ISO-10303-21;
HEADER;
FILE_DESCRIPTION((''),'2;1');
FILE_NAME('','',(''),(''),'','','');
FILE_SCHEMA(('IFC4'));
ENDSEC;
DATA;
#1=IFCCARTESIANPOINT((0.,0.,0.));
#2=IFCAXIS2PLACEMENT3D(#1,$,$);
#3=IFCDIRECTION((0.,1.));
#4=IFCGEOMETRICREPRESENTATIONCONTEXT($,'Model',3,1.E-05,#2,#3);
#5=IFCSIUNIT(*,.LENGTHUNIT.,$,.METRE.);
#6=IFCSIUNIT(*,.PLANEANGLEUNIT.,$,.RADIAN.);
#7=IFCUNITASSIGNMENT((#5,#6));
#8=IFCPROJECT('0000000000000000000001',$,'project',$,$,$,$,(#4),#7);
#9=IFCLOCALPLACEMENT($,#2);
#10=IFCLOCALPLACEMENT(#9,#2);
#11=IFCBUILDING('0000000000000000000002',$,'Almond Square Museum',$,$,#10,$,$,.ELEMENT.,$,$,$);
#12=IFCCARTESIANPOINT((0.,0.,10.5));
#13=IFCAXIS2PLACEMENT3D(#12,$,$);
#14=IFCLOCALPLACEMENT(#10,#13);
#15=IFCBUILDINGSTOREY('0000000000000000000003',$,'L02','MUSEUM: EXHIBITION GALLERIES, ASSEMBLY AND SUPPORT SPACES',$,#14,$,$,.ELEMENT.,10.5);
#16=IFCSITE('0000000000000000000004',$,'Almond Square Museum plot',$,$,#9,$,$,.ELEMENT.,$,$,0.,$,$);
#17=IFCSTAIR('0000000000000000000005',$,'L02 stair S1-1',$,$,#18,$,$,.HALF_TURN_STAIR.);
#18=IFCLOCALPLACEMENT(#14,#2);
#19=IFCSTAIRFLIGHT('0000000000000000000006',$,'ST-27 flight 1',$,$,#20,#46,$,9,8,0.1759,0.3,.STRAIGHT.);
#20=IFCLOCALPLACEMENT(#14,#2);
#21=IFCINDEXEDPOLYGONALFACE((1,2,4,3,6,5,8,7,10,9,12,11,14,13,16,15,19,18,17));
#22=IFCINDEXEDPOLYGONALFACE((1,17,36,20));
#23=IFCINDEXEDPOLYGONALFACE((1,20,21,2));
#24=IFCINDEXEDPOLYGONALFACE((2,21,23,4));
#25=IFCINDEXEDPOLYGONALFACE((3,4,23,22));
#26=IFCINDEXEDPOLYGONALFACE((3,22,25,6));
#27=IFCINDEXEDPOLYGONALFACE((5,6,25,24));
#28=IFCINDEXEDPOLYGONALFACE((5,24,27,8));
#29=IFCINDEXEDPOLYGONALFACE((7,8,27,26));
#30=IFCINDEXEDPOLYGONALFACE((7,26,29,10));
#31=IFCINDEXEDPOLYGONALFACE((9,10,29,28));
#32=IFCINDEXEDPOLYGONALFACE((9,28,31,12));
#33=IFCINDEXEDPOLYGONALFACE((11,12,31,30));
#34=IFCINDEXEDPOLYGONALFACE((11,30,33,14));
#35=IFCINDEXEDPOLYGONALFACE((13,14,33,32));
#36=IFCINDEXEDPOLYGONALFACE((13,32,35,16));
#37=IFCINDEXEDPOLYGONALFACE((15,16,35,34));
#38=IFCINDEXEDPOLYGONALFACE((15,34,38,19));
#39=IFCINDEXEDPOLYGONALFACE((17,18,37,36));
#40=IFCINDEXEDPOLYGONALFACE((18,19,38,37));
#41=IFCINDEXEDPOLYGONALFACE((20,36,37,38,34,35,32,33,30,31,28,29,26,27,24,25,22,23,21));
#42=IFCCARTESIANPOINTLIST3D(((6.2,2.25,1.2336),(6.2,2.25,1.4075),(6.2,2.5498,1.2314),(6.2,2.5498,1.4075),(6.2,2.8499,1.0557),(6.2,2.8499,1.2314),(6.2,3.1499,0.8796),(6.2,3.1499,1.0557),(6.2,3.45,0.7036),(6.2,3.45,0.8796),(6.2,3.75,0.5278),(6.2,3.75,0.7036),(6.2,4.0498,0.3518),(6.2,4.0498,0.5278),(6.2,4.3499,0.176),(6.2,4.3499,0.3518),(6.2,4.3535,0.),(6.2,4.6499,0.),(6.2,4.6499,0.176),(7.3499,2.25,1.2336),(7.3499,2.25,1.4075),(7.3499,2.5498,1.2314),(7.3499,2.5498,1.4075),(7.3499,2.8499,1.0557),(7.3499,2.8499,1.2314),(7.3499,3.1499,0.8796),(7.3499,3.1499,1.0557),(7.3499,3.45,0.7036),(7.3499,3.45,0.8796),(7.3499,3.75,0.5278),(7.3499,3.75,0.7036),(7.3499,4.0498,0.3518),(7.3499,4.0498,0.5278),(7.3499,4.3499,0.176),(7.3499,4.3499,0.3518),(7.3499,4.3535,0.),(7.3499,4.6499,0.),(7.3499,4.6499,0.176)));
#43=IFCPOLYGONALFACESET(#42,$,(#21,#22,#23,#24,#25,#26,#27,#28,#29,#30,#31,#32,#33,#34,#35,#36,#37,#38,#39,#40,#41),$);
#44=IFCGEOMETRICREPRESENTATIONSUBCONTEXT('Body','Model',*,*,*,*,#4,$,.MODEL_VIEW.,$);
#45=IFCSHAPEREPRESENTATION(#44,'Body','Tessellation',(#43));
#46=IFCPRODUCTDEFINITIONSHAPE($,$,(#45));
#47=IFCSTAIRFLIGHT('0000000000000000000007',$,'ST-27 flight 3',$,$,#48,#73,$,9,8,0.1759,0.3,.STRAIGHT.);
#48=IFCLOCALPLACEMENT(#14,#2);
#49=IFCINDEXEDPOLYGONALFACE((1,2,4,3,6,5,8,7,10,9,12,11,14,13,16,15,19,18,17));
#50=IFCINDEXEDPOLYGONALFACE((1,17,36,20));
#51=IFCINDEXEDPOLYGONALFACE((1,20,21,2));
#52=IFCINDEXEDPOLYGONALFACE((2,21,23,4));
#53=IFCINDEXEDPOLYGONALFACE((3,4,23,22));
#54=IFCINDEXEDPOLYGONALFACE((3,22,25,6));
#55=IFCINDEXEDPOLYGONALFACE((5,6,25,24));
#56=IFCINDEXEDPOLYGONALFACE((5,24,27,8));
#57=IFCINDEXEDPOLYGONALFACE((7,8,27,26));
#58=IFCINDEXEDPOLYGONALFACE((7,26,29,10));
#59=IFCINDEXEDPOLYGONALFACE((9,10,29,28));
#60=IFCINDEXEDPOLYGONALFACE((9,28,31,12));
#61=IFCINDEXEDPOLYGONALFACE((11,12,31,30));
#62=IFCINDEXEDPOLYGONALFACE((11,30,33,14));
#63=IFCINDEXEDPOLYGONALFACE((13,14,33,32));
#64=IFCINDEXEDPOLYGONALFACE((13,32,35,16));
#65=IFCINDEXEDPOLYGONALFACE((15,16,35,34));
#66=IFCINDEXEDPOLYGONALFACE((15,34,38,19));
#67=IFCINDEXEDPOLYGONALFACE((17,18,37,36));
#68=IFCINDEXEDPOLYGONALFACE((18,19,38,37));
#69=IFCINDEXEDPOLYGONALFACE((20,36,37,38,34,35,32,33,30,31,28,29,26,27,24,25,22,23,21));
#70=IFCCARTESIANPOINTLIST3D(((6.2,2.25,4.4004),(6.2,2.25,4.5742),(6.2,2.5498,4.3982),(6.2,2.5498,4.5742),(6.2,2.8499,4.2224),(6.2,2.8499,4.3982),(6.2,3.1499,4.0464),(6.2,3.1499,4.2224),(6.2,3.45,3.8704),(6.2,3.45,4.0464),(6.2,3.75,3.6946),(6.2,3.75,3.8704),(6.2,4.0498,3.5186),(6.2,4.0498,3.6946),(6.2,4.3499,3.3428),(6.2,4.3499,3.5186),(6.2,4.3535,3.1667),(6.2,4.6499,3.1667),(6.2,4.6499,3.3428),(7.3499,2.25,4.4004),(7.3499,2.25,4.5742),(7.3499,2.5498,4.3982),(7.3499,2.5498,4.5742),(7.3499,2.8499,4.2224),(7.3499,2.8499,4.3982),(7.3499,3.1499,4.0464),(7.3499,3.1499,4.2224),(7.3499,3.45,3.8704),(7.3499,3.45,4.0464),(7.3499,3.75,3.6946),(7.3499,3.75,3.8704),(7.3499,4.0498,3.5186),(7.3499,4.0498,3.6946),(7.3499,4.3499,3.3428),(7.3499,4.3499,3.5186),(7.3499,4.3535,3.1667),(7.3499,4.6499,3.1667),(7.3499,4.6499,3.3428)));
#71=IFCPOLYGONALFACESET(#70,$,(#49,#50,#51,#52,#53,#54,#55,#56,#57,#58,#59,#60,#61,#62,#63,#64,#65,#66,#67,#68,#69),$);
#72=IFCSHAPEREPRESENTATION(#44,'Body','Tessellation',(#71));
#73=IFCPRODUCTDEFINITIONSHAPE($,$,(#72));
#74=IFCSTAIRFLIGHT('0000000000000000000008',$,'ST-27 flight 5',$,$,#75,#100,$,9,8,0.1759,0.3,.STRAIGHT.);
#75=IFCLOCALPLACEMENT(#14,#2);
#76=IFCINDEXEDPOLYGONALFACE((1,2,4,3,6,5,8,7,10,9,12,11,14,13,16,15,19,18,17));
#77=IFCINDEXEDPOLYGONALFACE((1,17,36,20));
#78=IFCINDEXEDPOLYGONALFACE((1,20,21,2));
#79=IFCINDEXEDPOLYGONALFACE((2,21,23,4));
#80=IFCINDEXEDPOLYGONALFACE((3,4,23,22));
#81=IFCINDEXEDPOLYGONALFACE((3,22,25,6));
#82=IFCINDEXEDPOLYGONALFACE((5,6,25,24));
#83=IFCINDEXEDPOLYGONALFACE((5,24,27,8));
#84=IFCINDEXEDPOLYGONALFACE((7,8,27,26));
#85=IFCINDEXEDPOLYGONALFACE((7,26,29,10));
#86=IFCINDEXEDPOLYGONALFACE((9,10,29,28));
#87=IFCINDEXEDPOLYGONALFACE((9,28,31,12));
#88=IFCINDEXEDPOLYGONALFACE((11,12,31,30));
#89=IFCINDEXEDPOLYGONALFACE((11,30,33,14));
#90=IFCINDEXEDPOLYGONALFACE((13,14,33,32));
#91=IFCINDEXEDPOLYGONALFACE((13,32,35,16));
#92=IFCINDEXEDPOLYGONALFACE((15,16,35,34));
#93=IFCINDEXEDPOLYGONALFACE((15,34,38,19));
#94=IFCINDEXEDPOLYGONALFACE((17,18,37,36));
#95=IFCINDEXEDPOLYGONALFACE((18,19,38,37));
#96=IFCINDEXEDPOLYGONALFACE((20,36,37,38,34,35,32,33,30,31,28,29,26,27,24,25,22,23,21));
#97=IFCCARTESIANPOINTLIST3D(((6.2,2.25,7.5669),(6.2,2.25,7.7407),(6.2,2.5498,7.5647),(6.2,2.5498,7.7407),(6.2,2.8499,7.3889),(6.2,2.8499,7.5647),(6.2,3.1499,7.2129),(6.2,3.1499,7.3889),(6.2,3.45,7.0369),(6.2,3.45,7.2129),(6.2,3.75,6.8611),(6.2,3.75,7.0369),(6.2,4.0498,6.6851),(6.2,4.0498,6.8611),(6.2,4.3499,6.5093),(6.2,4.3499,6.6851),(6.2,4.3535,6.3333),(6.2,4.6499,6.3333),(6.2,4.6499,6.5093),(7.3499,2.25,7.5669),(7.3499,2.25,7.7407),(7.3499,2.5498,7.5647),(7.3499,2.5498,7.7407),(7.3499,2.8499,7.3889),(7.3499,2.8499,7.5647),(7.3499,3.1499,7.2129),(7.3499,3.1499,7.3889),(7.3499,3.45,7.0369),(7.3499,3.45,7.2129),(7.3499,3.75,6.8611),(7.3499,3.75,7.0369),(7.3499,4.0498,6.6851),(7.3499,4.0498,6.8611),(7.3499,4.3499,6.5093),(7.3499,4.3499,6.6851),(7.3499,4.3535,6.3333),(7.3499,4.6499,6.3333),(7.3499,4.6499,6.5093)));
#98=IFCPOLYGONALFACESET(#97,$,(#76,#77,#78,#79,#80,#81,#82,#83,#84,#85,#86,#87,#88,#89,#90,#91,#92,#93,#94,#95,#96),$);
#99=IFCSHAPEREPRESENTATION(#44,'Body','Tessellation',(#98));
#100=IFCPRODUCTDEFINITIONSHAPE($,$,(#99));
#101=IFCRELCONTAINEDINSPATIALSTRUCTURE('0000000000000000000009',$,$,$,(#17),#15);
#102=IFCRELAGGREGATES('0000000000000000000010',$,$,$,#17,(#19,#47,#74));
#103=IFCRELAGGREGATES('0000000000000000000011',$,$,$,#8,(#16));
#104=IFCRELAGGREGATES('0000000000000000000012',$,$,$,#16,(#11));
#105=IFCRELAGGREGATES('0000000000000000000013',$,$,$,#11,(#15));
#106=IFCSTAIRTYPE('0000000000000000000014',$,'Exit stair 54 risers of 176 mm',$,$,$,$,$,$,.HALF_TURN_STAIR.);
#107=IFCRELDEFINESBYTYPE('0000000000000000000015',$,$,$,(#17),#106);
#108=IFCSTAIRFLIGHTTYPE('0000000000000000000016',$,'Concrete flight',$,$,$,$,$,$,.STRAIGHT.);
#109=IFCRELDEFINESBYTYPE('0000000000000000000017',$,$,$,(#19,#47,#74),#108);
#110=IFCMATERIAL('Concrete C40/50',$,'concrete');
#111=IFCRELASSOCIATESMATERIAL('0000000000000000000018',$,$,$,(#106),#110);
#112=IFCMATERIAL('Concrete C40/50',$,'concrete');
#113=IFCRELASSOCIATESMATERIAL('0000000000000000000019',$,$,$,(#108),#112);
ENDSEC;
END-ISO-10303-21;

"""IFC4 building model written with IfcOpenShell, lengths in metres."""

from ifc_helpers import new_model, si_unit, direction, frame, origin, place, context, subcontext, project, spatial, polyline, outline, extrude, material, type_object, element, aggregate, save


model = new_model("IFC4")

# Units and contexts
model_context = context("Model", 3, precision=1e-05, world=origin(), true_north=direction((0.0, 1.0)))
body_context = subcontext(model_context, "Body", "Model", "MODEL_VIEW")
ifc_project = project(units=[si_unit("LENGTHUNIT", "METRE"), si_unit("PLANEANGLEUNIT", "RADIAN")], contexts=[model_context])

# Site, building, storey
site_placement = place(None, origin())
site = spatial("IfcSite", under=ifc_project, at=site_placement, Name="Almond Square Museum plot", CompositionType="ELEMENT", RefElevation=0.0)
building_placement = place(site_placement, origin())
building = spatial("IfcBuilding", under=site, at=building_placement, Name="Almond Square Museum", CompositionType="ELEMENT")
storey_placement = place(building_placement, frame((0.0, 0.0, 10.5)))
storey = spatial("IfcBuildingStorey", under=building, at=storey_placement, Name="L02", Description="MUSEUM: EXHIBITION GALLERIES, ASSEMBLY AND SUPPORT SPACES", CompositionType="ELEMENT", Elevation=10.5)

# Stair, stair flights
ifc_material_1 = material(Name="Concrete C40/50", Category="concrete")
stair_type = type_object("IfcStairType", Name="Exit stair 54 risers of 176 mm", PredefinedType="HALF_TURN_STAIR", material=ifc_material_1)
stair_placement = place(storey_placement, origin())
stair = element("IfcStair", 1, at=stair_placement, inside=storey, type_object=stair_type, Name="L02 stair S1-1", PredefinedType="HALF_TURN_STAIR")
ifc_material_2 = material(Name="Concrete C40/50", Category="concrete")
stair_flight_type = type_object("IfcStairFlightType", Name="Concrete flight", PredefinedType="STRAIGHT", material=ifc_material_2)
stair_flight_1_placement = place(storey_placement, frame((6.7749, 4.6499, 0.0), z_axis=(0.0, 0.0, 1.0), x_axis=(0.0, -1.0, 0.0)))
stair_flight_1 = element("IfcStairFlight", 2, at=stair_flight_1_placement, type_object=stair_flight_type, Name="ST-27 flight 1", NumberOfRisers=9, NumberOfTreads=8, PredefinedType="STRAIGHT", RiserHeight=0.1759, TreadLength=0.3, context=body_context, shape_type="SweptSolid", body=[
    extrude(outline(polyline([(0.0, 0.0), (0.0, 0.176), (0.3, 0.176), (0.3, 0.3518), (0.6001, 0.3518), (0.6001, 0.5278), (0.8999, 0.5278), (0.8999, 0.7036), (1.2, 0.7036), (1.2, 0.8796), (1.5, 0.8796), (1.5, 1.0557), (1.8, 1.0557), (1.8, 1.2314), (2.1001, 1.2314), (2.1001, 1.4075), (2.3999, 1.4075), (2.3999, 1.5833), (2.3999, 1.2336), (0.2964, 0.0), (0.0, 0.0)])), frame((0.0, 0.575, 0.0), z_axis=(0.0, -1.0, 0.0), x_axis=(1.0, 0.0, 0.0)), (0.0, 0.0, 1.0), 1.1499),
])
stair_flight_2_placement = place(storey_placement, frame((6.7749, 4.6499, 3.1667), z_axis=(0.0, 0.0, 1.0), x_axis=(0.0, -1.0, 0.0)))
stair_flight_2 = element("IfcStairFlight", 3, at=stair_flight_2_placement, type_object=stair_flight_type, Name="ST-27 flight 3", NumberOfRisers=9, NumberOfTreads=8, PredefinedType="STRAIGHT", RiserHeight=0.1759, TreadLength=0.3, context=body_context, shape_type="SweptSolid", body=[
    extrude(outline(polyline([(0.0, 0.0), (0.0, 0.176), (0.3, 0.176), (0.3, 0.3518), (0.6001, 0.3518), (0.6001, 0.5278), (0.8999, 0.5278), (0.8999, 0.7036), (1.2, 0.7036), (1.2, 0.8796), (1.5, 0.8796), (1.5, 1.0557), (1.8, 1.0557), (1.8, 1.2314), (2.1001, 1.2314), (2.1001, 1.4075), (2.3999, 1.4075), (2.3999, 1.5833), (2.3999, 1.2336), (0.2964, 0.0), (0.0, 0.0)])), frame((0.0, 0.575, 0.0), z_axis=(0.0, -1.0, 0.0), x_axis=(1.0, 0.0, 0.0)), (0.0, 0.0, 1.0), 1.1499),
])
stair_flight_3_placement = place(storey_placement, frame((6.7749, 4.6499, 6.3333), z_axis=(0.0, 0.0, 1.0), x_axis=(0.0, -1.0, 0.0)))
stair_flight_3 = element("IfcStairFlight", 4, at=stair_flight_3_placement, type_object=stair_flight_type, Name="ST-27 flight 5", NumberOfRisers=9, NumberOfTreads=8, PredefinedType="STRAIGHT", RiserHeight=0.1759, TreadLength=0.3, context=body_context, shape_type="SweptSolid", body=[
    extrude(outline(polyline([(0.0, 0.0), (0.0, 0.176), (0.3, 0.176), (0.3, 0.3518), (0.6001, 0.3518), (0.6001, 0.5278), (0.8999, 0.5278), (0.8999, 0.7036), (1.2, 0.7036), (1.2, 0.8796), (1.5, 0.8796), (1.5, 1.0557), (1.8, 1.0557), (1.8, 1.2314), (2.1001, 1.2314), (2.1001, 1.4075), (2.3999, 1.4075), (2.3999, 1.5833), (2.3999, 1.2336), (0.2964, 0.0), (0.0, 0.0)])), frame((0.0, 0.575, 0.0), z_axis=(0.0, -1.0, 0.0), x_axis=(1.0, 0.0, 0.0)), (0.0, 0.0, 1.0), 1.1499),
])
aggregate(stair, [stair_flight_1, stair_flight_2, stair_flight_3])

save(model, "model.ifc")
